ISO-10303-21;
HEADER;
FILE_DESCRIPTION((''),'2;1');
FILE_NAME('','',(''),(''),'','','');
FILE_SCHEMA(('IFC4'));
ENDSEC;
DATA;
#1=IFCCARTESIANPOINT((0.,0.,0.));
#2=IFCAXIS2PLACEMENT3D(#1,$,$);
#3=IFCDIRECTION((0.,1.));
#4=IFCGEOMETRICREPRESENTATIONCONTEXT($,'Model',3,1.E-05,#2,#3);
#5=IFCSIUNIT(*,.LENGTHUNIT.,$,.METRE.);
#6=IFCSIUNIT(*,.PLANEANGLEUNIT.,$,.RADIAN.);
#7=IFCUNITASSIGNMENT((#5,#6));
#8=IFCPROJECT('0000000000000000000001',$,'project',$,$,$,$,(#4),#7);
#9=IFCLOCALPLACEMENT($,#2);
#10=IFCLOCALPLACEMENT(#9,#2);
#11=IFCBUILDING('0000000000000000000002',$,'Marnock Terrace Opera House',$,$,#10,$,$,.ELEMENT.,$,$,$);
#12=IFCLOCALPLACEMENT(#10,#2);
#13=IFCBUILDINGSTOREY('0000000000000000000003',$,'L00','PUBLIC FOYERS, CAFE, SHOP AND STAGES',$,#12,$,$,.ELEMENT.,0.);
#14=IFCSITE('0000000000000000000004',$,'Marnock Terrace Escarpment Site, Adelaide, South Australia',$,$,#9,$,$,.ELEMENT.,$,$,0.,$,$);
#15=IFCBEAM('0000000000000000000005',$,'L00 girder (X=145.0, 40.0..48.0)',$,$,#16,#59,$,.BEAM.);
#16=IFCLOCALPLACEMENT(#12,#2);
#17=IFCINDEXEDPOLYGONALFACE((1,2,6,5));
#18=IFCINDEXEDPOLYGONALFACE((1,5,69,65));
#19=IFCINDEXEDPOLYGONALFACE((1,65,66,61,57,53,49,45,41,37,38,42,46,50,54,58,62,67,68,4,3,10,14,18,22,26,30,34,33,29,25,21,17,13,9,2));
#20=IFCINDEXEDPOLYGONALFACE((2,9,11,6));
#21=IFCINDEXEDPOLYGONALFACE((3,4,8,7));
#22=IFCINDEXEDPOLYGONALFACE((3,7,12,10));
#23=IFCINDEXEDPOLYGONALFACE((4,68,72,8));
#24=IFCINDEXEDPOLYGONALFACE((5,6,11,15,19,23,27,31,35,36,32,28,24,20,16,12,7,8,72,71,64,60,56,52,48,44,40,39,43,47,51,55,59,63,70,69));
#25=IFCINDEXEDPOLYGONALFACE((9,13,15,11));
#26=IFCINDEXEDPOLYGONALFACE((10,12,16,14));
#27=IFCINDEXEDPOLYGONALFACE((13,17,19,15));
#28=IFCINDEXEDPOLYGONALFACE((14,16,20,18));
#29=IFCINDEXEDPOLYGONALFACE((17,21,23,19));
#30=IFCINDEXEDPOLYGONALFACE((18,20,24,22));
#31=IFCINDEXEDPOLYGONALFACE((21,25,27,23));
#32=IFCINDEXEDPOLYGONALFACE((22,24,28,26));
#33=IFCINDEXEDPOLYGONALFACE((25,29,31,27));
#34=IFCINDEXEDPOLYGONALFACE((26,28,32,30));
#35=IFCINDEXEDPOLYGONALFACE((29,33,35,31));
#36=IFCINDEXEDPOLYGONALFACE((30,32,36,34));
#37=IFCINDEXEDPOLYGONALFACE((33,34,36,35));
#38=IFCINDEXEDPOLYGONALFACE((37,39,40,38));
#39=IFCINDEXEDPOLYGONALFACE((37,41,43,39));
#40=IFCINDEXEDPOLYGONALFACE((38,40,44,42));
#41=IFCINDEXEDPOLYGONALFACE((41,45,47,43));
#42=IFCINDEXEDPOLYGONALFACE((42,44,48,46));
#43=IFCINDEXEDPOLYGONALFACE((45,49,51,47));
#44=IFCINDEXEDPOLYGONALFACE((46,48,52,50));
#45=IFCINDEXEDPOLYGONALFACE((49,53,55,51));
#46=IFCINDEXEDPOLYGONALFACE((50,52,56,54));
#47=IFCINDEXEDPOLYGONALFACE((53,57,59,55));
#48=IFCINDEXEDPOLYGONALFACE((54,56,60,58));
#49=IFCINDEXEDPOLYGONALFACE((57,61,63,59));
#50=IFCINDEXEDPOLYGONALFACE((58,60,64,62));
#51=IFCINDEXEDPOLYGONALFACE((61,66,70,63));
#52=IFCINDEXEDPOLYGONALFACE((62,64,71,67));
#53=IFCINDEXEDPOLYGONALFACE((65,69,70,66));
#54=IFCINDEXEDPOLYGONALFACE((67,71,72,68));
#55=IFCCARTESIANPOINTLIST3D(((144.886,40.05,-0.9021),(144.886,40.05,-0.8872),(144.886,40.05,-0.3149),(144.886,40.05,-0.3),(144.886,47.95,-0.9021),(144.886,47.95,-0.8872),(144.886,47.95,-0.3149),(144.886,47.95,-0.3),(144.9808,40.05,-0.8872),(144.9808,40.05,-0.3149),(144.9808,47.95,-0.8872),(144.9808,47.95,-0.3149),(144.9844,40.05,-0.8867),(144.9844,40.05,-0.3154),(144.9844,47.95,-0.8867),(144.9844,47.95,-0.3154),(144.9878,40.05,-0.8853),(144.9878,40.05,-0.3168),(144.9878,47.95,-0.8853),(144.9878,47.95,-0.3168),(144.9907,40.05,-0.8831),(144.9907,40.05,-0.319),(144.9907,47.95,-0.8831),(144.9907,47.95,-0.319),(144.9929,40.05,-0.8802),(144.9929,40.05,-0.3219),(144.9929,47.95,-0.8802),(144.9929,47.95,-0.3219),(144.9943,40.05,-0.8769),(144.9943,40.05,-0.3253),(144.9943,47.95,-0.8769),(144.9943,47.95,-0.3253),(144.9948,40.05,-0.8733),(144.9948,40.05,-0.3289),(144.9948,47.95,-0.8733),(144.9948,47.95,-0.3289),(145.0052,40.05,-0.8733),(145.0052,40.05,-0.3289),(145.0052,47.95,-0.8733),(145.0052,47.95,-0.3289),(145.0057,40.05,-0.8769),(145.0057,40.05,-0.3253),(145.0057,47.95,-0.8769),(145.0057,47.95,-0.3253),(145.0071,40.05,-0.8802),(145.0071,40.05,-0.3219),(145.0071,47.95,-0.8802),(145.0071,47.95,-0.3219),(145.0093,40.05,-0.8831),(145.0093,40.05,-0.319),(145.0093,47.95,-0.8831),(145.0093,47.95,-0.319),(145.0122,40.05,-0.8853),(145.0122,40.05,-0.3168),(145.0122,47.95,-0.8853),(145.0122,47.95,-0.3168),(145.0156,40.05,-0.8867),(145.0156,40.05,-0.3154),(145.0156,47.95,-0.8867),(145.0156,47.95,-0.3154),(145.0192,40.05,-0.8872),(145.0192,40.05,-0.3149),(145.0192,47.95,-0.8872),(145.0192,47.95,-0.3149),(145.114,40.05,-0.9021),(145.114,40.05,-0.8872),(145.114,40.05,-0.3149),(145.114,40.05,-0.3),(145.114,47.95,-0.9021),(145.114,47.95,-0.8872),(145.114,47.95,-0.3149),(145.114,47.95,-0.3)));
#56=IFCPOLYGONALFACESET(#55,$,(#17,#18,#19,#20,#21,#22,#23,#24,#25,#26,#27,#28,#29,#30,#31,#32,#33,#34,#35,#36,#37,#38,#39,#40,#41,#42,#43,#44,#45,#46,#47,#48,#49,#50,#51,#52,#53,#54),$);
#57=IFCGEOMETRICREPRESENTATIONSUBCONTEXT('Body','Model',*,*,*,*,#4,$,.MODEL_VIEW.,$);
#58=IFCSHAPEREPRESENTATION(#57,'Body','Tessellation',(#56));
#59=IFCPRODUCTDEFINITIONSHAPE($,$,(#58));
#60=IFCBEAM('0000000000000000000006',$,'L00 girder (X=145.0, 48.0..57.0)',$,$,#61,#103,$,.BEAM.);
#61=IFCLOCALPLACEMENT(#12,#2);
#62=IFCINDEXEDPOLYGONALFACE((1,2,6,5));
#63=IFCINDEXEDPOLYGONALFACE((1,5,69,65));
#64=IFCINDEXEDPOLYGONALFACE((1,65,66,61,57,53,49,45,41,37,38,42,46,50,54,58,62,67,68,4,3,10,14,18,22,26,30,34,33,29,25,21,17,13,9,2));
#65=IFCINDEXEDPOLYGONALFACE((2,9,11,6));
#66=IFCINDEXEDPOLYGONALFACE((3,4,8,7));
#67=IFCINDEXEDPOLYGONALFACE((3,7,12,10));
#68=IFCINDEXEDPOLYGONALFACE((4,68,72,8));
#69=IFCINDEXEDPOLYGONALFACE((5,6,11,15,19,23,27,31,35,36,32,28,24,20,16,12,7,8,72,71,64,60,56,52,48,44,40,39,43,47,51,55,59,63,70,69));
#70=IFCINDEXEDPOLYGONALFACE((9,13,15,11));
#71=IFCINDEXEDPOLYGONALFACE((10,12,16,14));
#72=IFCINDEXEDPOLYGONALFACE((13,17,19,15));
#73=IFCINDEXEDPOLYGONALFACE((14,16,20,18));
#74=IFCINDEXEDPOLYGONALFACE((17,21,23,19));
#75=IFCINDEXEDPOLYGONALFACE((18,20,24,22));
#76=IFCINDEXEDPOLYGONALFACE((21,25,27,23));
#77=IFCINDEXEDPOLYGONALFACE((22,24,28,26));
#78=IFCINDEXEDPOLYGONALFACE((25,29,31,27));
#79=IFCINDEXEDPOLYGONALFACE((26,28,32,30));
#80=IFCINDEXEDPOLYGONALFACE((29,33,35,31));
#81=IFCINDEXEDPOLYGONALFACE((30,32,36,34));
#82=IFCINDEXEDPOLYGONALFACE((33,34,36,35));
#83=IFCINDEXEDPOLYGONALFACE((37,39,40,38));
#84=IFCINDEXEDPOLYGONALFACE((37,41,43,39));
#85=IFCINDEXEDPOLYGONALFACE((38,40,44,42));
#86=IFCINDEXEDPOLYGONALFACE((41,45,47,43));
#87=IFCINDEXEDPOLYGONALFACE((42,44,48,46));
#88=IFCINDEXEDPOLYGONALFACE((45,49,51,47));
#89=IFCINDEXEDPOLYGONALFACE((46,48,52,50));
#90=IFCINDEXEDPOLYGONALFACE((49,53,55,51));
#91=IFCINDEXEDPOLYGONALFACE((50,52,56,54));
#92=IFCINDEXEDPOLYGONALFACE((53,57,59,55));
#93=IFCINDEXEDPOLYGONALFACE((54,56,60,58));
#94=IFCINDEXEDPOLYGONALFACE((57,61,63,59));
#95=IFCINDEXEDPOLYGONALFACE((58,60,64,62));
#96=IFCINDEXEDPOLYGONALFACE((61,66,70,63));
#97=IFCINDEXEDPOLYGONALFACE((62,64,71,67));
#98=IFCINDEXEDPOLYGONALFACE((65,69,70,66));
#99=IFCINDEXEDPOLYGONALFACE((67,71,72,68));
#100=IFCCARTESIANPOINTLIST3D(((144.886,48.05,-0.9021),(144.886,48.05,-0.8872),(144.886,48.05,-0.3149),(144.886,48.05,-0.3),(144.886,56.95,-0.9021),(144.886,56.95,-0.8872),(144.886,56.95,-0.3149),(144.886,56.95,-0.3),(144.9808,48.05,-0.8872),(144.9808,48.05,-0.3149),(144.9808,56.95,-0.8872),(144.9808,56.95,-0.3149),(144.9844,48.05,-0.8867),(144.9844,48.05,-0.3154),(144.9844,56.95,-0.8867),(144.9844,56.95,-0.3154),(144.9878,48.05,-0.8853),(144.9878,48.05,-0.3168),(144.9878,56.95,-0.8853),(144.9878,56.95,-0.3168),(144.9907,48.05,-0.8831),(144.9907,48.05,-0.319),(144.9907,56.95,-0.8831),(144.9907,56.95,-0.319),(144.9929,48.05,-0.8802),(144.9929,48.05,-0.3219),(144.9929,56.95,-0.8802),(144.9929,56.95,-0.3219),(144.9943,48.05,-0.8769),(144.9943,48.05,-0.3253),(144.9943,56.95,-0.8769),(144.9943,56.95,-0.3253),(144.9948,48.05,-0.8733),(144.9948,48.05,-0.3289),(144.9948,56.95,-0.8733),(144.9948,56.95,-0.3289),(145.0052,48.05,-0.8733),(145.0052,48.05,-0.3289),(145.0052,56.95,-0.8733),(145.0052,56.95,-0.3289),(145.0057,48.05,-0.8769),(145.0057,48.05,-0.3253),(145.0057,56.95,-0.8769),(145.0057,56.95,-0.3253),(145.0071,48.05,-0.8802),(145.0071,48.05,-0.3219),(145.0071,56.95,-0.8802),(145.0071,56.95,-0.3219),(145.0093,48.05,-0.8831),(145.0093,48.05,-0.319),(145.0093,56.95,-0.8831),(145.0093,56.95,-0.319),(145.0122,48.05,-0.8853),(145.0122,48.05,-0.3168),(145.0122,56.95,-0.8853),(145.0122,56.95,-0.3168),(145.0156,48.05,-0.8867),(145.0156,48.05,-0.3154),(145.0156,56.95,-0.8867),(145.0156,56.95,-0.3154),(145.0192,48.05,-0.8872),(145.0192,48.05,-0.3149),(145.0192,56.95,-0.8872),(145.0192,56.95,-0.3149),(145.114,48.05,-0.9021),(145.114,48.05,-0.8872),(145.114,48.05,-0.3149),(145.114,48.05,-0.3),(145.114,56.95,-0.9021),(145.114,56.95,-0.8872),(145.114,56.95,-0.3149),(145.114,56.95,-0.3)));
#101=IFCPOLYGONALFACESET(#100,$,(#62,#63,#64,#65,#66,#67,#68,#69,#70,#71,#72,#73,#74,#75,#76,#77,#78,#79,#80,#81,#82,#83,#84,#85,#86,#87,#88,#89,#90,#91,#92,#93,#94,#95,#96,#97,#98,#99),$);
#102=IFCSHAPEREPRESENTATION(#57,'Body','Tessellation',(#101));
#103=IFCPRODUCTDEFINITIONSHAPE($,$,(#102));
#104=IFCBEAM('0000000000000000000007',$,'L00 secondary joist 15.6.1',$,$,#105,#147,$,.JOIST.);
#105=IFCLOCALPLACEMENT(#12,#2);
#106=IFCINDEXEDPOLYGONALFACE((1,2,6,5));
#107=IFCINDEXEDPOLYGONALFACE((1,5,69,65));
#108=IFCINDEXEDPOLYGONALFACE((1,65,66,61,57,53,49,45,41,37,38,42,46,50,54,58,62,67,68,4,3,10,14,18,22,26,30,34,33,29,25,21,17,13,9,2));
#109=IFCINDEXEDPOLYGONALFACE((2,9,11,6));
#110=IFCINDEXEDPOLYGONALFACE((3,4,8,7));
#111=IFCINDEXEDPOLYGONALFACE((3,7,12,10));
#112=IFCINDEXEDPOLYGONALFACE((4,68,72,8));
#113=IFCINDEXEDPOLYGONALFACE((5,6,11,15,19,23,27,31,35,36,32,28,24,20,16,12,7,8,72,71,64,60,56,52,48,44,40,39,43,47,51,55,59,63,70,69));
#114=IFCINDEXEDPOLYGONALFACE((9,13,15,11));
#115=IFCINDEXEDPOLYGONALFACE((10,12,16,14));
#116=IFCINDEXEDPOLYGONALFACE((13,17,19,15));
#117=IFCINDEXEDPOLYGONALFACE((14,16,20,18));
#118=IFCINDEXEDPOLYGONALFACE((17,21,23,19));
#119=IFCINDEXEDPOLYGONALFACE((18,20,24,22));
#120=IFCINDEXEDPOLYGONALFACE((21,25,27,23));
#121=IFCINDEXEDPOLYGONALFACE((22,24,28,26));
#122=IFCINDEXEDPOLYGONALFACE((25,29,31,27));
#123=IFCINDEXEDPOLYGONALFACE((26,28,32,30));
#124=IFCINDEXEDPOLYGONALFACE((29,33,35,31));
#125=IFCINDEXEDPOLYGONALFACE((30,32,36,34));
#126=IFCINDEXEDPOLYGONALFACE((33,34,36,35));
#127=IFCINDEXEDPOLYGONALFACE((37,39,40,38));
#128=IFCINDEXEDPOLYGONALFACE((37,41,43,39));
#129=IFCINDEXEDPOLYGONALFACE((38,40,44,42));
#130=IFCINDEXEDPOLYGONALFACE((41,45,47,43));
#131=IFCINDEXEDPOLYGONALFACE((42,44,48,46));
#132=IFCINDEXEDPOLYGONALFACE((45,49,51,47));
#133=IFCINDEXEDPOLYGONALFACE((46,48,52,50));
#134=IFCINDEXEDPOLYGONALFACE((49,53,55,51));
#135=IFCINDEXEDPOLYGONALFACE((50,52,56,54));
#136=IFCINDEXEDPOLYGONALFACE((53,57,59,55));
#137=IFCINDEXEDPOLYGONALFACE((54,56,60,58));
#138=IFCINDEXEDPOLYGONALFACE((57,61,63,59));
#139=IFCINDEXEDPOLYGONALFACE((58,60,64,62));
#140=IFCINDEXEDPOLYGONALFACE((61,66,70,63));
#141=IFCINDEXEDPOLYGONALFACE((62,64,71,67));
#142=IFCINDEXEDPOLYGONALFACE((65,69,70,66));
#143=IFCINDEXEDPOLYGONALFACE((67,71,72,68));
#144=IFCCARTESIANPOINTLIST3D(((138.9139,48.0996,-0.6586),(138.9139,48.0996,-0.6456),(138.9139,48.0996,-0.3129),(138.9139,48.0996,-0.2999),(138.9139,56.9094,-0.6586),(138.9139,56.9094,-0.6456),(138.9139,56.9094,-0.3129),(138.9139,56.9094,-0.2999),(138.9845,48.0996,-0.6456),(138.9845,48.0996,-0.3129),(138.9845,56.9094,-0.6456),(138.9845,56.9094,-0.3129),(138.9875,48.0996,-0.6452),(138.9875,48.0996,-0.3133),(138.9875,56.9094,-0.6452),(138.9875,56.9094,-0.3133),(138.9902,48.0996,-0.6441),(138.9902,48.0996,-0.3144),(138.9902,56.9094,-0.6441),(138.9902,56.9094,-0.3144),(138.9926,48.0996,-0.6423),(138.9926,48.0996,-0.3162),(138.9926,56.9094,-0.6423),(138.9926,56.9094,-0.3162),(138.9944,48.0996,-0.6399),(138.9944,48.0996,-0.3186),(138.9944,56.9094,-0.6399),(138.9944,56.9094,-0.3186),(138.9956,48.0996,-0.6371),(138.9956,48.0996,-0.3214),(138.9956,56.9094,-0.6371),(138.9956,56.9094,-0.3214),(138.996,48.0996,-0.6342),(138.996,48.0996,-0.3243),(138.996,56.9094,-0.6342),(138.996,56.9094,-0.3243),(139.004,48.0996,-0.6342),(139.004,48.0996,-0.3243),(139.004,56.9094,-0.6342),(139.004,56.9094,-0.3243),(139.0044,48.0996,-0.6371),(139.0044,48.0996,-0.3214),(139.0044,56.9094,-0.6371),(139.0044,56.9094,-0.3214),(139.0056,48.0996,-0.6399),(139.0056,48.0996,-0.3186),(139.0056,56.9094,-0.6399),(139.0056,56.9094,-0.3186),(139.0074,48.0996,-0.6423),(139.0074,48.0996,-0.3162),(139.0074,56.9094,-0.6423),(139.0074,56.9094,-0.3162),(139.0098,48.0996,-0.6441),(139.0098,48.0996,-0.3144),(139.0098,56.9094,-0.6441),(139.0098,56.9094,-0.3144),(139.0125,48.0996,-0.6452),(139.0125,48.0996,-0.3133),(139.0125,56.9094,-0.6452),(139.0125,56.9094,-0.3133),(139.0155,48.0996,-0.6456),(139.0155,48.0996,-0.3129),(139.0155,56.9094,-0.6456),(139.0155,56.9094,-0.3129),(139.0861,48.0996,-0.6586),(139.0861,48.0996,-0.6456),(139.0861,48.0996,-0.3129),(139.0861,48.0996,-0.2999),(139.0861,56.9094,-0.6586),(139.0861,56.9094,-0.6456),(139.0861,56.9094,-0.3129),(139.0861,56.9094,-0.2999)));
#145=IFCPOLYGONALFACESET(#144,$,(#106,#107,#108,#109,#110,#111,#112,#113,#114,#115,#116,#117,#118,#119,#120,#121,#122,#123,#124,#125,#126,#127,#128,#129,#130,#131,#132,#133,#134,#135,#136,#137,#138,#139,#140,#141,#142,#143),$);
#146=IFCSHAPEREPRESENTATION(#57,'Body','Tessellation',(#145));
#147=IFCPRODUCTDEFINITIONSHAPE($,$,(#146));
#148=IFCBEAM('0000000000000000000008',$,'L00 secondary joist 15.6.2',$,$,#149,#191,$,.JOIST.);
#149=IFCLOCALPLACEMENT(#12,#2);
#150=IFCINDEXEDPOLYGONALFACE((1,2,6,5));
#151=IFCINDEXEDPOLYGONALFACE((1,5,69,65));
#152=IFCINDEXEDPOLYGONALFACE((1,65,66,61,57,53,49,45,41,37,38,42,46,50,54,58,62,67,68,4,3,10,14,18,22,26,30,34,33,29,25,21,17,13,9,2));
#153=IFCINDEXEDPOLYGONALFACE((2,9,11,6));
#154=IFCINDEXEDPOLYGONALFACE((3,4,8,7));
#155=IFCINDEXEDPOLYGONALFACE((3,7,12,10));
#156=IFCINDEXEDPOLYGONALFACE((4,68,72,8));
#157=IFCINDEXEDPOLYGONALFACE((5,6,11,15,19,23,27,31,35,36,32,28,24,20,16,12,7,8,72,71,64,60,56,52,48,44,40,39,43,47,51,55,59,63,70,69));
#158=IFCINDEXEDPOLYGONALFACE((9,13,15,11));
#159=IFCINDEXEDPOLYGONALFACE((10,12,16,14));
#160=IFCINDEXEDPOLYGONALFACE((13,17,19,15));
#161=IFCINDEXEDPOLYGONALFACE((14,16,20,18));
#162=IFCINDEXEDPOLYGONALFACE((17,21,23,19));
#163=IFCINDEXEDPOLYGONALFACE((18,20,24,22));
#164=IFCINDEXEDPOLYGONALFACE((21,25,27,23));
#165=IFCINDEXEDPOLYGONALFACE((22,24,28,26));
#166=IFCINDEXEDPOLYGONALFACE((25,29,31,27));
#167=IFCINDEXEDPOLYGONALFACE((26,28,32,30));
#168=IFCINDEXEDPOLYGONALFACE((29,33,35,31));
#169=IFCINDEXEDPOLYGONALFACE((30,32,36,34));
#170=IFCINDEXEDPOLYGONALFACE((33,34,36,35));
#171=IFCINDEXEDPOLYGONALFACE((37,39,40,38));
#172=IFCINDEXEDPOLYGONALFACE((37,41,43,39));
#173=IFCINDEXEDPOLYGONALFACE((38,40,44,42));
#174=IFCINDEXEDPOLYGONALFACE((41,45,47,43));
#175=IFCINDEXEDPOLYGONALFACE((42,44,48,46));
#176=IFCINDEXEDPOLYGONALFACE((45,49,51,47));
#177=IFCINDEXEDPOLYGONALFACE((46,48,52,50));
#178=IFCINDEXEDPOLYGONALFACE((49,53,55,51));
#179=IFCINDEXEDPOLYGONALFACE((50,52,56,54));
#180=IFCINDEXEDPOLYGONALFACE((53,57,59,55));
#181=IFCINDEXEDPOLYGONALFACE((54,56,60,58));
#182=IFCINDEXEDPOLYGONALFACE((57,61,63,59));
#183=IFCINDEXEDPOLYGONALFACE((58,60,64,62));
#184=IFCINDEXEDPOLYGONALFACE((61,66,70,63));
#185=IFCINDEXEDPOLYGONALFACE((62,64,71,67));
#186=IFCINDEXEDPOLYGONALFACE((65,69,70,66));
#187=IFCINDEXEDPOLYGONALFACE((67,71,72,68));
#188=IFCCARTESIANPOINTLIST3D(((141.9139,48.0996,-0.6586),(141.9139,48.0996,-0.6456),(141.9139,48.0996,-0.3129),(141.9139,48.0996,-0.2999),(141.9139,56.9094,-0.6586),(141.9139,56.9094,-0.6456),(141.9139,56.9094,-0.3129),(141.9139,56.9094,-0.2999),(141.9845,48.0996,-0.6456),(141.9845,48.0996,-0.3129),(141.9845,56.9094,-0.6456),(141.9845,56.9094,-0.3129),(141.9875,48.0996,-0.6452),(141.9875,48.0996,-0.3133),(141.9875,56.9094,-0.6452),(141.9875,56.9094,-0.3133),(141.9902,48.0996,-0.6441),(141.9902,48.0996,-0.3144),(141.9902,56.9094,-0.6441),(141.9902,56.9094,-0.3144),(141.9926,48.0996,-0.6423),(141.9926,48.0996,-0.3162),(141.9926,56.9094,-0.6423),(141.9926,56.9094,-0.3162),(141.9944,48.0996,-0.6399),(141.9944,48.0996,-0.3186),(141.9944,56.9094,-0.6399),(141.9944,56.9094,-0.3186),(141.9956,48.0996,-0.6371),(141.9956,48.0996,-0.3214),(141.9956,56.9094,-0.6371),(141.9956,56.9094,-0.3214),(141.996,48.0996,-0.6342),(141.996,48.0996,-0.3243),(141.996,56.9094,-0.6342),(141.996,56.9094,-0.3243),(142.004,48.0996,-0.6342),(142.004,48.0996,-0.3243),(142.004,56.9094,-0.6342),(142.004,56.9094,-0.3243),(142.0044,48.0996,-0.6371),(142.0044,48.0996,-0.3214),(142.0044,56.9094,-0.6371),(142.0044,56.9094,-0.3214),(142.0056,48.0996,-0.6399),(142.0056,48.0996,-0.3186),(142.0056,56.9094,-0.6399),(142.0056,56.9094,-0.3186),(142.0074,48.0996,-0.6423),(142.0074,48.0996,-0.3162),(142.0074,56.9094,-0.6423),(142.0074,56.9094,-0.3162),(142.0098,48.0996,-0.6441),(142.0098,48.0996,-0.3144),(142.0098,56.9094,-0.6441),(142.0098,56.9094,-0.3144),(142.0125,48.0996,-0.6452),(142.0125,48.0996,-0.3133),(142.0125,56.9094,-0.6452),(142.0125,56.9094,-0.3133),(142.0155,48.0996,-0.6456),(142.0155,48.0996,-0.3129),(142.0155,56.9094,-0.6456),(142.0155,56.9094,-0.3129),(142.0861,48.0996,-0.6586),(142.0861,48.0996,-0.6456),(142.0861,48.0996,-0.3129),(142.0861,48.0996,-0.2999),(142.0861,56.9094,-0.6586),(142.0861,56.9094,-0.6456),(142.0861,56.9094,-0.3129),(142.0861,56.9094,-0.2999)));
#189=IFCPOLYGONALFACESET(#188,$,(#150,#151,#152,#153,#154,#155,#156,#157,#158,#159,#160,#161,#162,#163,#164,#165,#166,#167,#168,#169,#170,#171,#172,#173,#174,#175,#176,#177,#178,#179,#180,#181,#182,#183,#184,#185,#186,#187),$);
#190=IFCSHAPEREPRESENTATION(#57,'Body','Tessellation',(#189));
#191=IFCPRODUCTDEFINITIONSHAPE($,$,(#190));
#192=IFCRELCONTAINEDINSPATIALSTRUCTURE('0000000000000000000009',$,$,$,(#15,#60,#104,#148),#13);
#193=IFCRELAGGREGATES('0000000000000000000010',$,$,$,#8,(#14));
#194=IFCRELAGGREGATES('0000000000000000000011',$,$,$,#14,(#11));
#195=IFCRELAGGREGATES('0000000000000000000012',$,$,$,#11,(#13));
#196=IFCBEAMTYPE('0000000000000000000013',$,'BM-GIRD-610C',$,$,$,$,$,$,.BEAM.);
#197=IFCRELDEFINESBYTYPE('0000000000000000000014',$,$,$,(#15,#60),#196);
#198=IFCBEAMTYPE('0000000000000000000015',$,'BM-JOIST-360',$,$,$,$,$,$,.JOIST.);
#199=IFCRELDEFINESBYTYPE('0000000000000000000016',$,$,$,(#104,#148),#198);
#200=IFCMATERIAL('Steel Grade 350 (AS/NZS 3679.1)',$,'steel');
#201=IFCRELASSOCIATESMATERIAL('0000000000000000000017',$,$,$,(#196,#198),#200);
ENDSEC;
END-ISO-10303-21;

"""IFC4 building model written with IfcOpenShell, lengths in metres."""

from ifc_helpers import new_model, si_unit, direction, frame, origin, origin_2d, place, context, subcontext, project, spatial, i_section, extrude, material, material_profile, profile_set, type_object, element, save


model = new_model("IFC4")

# Units and contexts
model_context = context("Model", 3, precision=1e-05, world=origin(), true_north=direction((0.0, 1.0)))
body_context = subcontext(model_context, "Body", "Model", "MODEL_VIEW")
ifc_project = project(units=[si_unit("LENGTHUNIT", "METRE"), si_unit("PLANEANGLEUNIT", "RADIAN")], contexts=[model_context])

# Site, building, storey
site_placement = place(None, origin())
site = spatial("IfcSite", under=ifc_project, at=site_placement, Name="Marnock Terrace Escarpment Site, Adelaide, South Australia", CompositionType="ELEMENT", RefElevation=0.0)
building_placement = place(site_placement, origin())
building = spatial("IfcBuilding", under=site, at=building_placement, Name="Marnock Terrace Opera House", CompositionType="ELEMENT")
storey_placement = place(building_placement, origin())
storey = spatial("IfcBuildingStorey", under=building, at=storey_placement, Name="L00", Description="PUBLIC FOYERS, CAFE, SHOP AND STAGES", CompositionType="ELEMENT", Elevation=0.0)

# Beams
ifc_material_1 = material(Name="Steel Grade 350 (AS/NZS 3679.1)", Category="steel")
ifc_material_profile_1 = material_profile(ifc_material_1, i_section(OverallWidth=0.228, OverallDepth=0.6021, WebThickness=0.0105, FlangeThickness=0.0149, FilletRadius=0.0139, at=origin_2d()))
ifc_profile_set_1 = profile_set([ifc_material_profile_1], Name="Steel Grade 350 (AS/NZS 3679.1)")
beam_type_1 = type_object("IfcBeamType", Name="BM-GIRD-610C", PredefinedType="BEAM", material=ifc_profile_set_1)
beam_1_placement = place(storey_placement, frame((145.0, 40.05, -0.6011), z_axis=(0.0, 1.0, 0.0), x_axis=(-1.0, 0.0, 0.0)))
element("IfcBeam", 1, at=beam_1_placement, inside=storey, type_object=beam_type_1, Name="L00 girder (X=145.0, 40.0..48.0)", PredefinedType="BEAM", context=body_context, shape_type="SweptSolid", body=[
    extrude(i_section(OverallWidth=0.228, OverallDepth=0.6021, WebThickness=0.0105, FlangeThickness=0.0149, FilletRadius=0.0139, at=origin_2d()), origin(), (0.0, 0.0, 1.0), 7.8999),
])
beam_2_placement = place(storey_placement, frame((145.0, 48.05, -0.6011), z_axis=(0.0, 1.0, 0.0), x_axis=(-1.0, 0.0, 0.0)))
element("IfcBeam", 2, at=beam_2_placement, inside=storey, type_object=beam_type_1, Name="L00 girder (X=145.0, 48.0..57.0)", PredefinedType="BEAM", context=body_context, shape_type="SweptSolid", body=[
    extrude(i_section(OverallWidth=0.228, OverallDepth=0.6021, WebThickness=0.0105, FlangeThickness=0.0149, FilletRadius=0.0139, at=origin_2d()), origin(), (0.0, 0.0, 1.0), 8.8999),
])
ifc_material_profile_2 = material_profile(ifc_material_1, i_section(OverallWidth=0.1721, OverallDepth=0.3586, WebThickness=0.0081, FlangeThickness=0.0129, FilletRadius=0.0115, at=origin_2d()))
ifc_profile_set_2 = profile_set([ifc_material_profile_2], Name="Steel Grade 350 (AS/NZS 3679.1)")
beam_type_2 = type_object("IfcBeamType", Name="BM-JOIST-360", PredefinedType="JOIST", material=ifc_profile_set_2)
for number, where, z_axis, x_axis, name in (
    (3, (139.0, 48.0996, -0.4792), (0.0, 1.0, 0.0), (-1.0, 0.0, 0.0), "L00 secondary joist 15.6.1"),
    (4, (142.0, 48.0996, -0.4792), (0.0, 1.0, 0.0), (-1.0, 0.0, 0.0), "L00 secondary joist 15.6.2"),
):
    element("IfcBeam", number, at=place(storey_placement, frame(where, z_axis=z_axis, x_axis=x_axis)), inside=storey, type_object=beam_type_2, Name=name, PredefinedType="JOIST", context=body_context, shape_type="SweptSolid", body=[
        extrude(i_section(OverallWidth=0.1721, OverallDepth=0.3586, WebThickness=0.0081, FlangeThickness=0.0129, FilletRadius=0.0115, at=origin_2d()), origin(), (0.0, 0.0, 1.0), 8.8098),
    ])

save(model, "model.ifc")
